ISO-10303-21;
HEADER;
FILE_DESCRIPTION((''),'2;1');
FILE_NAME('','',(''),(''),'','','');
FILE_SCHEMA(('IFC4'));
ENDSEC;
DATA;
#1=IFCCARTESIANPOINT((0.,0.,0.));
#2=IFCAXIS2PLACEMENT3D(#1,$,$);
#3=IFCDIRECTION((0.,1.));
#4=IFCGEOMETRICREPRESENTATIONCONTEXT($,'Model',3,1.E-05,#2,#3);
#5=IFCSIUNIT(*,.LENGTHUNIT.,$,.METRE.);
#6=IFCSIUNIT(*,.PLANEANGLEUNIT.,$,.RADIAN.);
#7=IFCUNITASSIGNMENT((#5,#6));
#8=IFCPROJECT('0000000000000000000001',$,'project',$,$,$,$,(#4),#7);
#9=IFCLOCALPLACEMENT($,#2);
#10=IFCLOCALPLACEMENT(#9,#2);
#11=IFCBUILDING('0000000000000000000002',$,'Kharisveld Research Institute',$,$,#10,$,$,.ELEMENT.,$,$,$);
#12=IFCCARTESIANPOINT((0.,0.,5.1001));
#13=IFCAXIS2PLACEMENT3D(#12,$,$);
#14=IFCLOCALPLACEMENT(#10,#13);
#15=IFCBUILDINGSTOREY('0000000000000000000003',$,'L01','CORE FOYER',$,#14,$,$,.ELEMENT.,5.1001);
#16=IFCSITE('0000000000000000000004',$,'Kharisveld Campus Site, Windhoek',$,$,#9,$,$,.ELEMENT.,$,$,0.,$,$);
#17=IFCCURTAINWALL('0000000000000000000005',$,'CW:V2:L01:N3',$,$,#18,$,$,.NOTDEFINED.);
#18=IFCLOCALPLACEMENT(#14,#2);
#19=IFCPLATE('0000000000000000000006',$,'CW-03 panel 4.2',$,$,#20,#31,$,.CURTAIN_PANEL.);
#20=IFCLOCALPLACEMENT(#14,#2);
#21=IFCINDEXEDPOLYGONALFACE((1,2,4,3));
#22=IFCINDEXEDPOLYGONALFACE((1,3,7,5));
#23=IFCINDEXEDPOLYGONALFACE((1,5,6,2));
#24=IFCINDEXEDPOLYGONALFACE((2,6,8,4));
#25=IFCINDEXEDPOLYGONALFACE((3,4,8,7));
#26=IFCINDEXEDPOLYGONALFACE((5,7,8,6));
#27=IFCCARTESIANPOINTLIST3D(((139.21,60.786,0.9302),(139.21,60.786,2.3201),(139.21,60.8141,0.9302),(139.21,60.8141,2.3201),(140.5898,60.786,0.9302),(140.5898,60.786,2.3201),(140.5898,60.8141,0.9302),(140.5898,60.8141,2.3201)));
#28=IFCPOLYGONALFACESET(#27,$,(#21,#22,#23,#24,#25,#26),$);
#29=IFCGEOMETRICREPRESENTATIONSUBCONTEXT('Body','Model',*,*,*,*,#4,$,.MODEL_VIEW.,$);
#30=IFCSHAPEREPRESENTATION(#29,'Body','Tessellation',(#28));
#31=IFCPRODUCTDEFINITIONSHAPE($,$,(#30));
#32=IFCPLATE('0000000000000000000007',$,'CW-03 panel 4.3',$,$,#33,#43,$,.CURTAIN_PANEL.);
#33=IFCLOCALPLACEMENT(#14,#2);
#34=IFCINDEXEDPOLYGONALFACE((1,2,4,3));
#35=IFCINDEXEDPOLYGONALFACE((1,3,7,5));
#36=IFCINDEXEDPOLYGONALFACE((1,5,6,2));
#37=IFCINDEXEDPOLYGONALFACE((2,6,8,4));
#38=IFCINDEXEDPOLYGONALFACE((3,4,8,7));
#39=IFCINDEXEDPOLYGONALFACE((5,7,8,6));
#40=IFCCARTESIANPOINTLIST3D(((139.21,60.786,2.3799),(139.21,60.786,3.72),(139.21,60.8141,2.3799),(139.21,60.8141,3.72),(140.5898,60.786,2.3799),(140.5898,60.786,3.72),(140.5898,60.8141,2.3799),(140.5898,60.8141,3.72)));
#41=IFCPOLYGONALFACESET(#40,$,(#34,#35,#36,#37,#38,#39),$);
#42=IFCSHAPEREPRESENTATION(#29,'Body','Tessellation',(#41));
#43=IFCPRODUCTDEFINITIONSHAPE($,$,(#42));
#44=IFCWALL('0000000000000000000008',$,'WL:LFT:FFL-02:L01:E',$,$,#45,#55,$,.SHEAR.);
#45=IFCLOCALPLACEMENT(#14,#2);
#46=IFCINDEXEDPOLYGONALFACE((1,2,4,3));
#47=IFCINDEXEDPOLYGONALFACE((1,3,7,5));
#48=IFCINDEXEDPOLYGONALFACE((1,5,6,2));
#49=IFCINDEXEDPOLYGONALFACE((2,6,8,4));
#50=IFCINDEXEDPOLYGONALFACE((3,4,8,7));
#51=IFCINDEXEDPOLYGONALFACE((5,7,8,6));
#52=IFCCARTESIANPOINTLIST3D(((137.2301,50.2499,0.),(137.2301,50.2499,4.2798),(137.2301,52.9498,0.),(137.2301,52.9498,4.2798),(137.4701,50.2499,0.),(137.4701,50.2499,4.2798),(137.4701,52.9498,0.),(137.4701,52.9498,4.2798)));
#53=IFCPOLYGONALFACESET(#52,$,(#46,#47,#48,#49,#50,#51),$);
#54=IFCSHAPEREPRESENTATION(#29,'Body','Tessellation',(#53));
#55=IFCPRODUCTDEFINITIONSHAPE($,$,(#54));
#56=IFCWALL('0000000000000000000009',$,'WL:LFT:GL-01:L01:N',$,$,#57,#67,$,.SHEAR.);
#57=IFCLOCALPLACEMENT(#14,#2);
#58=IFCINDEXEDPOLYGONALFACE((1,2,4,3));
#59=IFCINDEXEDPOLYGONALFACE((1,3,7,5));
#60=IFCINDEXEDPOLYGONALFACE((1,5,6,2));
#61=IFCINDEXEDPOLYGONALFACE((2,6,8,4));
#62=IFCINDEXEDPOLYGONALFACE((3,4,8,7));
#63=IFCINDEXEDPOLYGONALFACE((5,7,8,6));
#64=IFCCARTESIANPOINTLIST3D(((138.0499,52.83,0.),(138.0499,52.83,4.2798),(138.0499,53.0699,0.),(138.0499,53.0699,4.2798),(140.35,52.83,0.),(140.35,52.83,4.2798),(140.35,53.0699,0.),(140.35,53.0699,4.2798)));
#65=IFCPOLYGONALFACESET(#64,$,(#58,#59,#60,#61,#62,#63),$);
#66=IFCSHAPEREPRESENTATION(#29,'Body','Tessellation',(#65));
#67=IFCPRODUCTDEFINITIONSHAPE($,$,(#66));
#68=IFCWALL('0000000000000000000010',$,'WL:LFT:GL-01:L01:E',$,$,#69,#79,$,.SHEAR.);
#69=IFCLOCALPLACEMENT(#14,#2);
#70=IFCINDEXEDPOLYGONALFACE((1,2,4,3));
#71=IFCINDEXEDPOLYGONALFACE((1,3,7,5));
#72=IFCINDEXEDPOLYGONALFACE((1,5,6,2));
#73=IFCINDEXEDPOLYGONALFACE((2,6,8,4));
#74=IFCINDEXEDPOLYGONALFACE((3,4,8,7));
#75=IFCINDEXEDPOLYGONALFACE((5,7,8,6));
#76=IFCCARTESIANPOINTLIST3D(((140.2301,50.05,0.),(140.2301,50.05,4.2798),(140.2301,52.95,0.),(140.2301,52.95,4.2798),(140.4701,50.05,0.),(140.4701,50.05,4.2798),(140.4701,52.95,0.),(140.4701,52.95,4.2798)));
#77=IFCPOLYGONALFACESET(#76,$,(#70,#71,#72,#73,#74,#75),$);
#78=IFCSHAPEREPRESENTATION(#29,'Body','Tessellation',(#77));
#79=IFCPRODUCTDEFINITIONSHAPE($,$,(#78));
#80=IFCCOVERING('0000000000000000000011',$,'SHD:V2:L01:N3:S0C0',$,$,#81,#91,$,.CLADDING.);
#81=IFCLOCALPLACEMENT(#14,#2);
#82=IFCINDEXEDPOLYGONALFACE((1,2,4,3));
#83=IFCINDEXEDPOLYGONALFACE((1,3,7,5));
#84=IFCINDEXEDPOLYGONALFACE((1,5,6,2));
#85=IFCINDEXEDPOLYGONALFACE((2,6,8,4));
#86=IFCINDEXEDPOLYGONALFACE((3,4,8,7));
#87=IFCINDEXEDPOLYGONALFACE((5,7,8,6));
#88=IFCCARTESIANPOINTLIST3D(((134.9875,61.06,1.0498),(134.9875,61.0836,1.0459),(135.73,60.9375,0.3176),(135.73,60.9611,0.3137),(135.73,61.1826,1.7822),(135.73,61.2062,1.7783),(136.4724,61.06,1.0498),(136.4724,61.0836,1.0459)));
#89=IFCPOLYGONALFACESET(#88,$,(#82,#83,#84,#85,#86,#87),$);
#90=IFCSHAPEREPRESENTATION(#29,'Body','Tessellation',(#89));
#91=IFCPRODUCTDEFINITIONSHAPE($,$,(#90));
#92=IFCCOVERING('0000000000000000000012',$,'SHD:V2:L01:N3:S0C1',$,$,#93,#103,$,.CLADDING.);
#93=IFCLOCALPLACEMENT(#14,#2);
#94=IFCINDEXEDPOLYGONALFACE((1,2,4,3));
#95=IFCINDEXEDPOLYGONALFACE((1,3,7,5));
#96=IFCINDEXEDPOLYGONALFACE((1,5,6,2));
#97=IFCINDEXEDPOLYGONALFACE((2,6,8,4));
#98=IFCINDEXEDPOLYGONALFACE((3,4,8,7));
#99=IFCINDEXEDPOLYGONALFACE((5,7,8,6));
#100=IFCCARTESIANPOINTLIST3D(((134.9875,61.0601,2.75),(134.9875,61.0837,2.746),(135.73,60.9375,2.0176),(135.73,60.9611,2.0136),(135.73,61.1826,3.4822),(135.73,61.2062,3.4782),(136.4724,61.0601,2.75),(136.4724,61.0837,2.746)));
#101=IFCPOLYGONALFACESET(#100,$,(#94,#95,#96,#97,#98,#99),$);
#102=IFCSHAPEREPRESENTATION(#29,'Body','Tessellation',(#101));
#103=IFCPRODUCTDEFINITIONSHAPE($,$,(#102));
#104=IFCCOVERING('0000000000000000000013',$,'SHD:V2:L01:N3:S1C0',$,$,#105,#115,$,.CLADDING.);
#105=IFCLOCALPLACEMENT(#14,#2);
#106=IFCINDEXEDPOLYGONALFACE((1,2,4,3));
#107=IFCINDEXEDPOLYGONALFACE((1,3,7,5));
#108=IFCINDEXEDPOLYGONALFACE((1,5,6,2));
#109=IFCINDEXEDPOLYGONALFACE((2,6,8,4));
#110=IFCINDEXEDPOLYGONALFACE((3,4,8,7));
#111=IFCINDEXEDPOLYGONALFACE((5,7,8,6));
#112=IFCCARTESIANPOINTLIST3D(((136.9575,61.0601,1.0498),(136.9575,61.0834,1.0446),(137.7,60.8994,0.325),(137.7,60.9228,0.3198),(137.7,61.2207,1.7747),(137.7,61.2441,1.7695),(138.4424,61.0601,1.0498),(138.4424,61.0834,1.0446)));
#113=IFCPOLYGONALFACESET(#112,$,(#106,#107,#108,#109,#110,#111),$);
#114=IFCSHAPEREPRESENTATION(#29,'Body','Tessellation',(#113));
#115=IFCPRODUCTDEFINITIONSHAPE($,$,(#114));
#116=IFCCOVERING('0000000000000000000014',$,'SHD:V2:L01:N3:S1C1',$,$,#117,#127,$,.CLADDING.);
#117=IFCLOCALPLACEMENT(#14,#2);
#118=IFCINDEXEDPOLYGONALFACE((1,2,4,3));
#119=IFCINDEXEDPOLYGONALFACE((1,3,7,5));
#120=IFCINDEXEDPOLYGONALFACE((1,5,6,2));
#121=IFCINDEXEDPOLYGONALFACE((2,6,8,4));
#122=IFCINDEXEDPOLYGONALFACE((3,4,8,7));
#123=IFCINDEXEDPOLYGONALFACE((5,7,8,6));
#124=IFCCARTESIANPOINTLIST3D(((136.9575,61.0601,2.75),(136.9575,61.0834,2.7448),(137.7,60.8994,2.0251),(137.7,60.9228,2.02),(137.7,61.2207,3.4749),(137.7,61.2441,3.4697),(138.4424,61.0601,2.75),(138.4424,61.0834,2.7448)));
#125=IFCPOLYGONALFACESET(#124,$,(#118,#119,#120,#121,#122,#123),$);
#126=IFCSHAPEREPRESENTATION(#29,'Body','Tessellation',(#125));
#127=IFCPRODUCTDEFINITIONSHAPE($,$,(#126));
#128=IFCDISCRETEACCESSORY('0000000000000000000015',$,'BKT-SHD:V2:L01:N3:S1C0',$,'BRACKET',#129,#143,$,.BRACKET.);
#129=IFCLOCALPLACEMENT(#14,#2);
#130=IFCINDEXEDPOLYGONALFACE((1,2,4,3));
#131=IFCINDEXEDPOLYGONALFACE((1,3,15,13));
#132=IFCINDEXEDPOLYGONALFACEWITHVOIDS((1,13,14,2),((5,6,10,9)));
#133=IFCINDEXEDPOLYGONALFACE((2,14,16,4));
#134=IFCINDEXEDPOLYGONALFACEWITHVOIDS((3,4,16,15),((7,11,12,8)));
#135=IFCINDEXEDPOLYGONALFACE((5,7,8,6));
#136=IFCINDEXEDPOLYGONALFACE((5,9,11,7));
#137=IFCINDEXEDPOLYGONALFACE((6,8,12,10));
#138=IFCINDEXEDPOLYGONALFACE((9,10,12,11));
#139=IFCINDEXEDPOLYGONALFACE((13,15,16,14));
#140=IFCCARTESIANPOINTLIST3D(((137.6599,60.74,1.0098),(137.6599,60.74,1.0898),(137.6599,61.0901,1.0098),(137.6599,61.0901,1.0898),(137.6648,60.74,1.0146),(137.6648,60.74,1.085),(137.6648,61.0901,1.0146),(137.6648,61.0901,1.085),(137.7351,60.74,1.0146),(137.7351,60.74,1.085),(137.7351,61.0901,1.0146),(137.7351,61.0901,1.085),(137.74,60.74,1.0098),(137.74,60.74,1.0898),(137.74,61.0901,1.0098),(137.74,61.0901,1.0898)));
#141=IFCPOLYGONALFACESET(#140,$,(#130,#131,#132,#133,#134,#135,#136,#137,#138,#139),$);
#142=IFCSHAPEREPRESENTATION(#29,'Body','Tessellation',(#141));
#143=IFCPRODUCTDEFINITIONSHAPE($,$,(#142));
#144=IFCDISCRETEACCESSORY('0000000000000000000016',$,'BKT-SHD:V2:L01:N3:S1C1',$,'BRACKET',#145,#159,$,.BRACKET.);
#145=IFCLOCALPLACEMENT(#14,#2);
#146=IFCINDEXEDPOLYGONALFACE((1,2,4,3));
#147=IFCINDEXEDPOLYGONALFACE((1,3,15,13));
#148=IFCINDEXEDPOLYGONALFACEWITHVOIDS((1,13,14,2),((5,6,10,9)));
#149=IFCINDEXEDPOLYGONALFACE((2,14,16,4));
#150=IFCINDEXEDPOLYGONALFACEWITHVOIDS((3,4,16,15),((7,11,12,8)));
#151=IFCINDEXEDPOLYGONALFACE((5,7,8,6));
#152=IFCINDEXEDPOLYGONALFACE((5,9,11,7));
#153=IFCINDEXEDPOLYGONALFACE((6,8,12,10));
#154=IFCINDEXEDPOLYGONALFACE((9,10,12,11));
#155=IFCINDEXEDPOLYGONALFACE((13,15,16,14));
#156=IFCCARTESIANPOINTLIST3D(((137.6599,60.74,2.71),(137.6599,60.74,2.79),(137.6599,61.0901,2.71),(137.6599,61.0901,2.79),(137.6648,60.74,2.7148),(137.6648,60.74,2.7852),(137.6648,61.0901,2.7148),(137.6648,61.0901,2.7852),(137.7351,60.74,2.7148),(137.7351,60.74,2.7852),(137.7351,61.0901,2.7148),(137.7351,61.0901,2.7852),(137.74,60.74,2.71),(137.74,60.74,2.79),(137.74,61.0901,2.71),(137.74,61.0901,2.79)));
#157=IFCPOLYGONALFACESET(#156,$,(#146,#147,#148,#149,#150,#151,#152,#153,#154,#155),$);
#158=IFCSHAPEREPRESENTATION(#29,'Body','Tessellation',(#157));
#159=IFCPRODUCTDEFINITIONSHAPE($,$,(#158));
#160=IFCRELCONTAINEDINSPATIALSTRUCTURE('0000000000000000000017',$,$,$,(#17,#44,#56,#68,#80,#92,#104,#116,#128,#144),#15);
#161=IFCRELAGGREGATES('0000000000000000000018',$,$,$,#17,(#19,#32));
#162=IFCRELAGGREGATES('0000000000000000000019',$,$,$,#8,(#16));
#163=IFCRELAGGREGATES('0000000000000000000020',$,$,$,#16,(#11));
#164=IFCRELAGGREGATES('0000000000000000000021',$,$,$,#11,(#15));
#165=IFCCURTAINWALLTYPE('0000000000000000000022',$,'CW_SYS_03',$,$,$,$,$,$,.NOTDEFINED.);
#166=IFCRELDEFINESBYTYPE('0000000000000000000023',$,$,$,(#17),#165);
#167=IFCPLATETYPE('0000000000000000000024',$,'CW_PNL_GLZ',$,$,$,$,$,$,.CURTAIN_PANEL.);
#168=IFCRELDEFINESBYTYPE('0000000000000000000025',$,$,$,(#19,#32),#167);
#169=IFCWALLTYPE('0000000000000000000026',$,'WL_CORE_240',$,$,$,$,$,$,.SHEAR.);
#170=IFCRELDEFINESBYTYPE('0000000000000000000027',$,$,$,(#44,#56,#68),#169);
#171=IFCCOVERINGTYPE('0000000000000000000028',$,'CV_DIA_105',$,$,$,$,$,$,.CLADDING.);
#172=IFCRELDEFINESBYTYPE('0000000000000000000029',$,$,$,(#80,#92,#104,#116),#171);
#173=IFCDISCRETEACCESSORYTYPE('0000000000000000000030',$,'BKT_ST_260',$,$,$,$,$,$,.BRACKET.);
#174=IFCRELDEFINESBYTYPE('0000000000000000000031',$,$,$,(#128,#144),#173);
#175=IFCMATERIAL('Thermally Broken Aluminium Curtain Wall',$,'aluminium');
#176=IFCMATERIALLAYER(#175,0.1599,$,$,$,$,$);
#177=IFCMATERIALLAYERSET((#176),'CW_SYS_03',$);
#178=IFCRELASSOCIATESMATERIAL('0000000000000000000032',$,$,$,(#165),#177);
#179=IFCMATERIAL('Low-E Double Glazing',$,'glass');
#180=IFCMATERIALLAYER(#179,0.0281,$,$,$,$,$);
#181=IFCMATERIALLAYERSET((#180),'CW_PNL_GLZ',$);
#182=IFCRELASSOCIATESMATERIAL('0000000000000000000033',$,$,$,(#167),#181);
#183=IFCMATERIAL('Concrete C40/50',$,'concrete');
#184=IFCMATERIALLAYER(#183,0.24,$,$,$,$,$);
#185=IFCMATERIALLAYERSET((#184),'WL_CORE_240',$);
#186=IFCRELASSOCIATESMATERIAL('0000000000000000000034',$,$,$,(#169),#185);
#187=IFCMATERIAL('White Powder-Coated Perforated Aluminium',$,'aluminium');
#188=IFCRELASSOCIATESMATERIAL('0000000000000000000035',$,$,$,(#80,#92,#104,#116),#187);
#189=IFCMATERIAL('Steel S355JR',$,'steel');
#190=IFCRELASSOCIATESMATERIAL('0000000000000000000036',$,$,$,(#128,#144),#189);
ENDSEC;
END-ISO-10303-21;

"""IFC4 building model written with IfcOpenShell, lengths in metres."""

from ifc_helpers import new_model, si_unit, direction, frame, frame_2d, origin, origin_2d, place, context, subcontext, project, spatial, polyline, rectangle, hollow_rectangle, outline, extrude, material, layer, layer_set, type_object, element, aggregate, save


model = new_model("IFC4")

# Units and contexts
model_context = context("Model", 3, precision=1e-05, world=origin(), true_north=direction((0.0, 1.0)))
body_context = subcontext(model_context, "Body", "Model", "MODEL_VIEW")
ifc_project = project(units=[si_unit("LENGTHUNIT", "METRE"), si_unit("PLANEANGLEUNIT", "RADIAN")], contexts=[model_context])

# Site, building, storey
site_placement = place(None, origin())
site = spatial("IfcSite", under=ifc_project, at=site_placement, Name="Kharisveld Campus Site, Windhoek", CompositionType="ELEMENT", RefElevation=0.0)
building_placement = place(site_placement, origin())
building = spatial("IfcBuilding", under=site, at=building_placement, Name="Kharisveld Research Institute", CompositionType="ELEMENT")
storey_placement = place(building_placement, frame((0.0, 0.0, 5.1001)))
storey = spatial("IfcBuildingStorey", under=building, at=storey_placement, Name="L01", Description="CORE FOYER", CompositionType="ELEMENT", Elevation=5.1001)

# Curtain wall, plates
ifc_material_1 = material(Name="Thermally Broken Aluminium Curtain Wall", Category="aluminium")
ifc_layer_1 = layer(ifc_material_1, 0.1599)
ifc_layer_set_1 = layer_set([ifc_layer_1], Name="CW_SYS_03")
curtain_wall_type = type_object("IfcCurtainWallType", Name="CW_SYS_03", PredefinedType="NOTDEFINED", material=ifc_layer_set_1)
curtain_wall_placement = place(storey_placement, origin())
curtain_wall = element("IfcCurtainWall", 1, at=curtain_wall_placement, inside=storey, type_object=curtain_wall_type, Name="CW:V2:L01:N3", PredefinedType="NOTDEFINED")
ifc_material_2 = material(Name="Low-E Double Glazing", Category="glass")
ifc_layer_2 = layer(ifc_material_2, 0.0281)
ifc_layer_set_2 = layer_set([ifc_layer_2], Name="CW_PNL_GLZ")
plate_type = type_object("IfcPlateType", Name="CW_PNL_GLZ", PredefinedType="CURTAIN_PANEL", material=ifc_layer_set_2)
plate_1_placement = place(storey_placement, frame((139.8999, 60.8, 0.9302), z_axis=(0.0, 0.0, 1.0), x_axis=(1.0, 0.0, 0.0)))
plate_1 = element("IfcPlate", 2, at=plate_1_placement, type_object=plate_type, Name="CW-03 panel 4.2", PredefinedType="CURTAIN_PANEL", context=body_context, shape_type="SweptSolid", body=[
    extrude(rectangle(XDim=1.3799, YDim=0.0281, at=origin_2d()), origin(), (0.0, 0.0, 1.0), 1.3899),
])
plate_2_placement = place(storey_placement, frame((139.8999, 60.8, 2.3799), z_axis=(0.0, 0.0, 1.0), x_axis=(1.0, 0.0, 0.0)))
plate_2 = element("IfcPlate", 3, at=plate_2_placement, type_object=plate_type, Name="CW-03 panel 4.3", PredefinedType="CURTAIN_PANEL", context=body_context, shape_type="SweptSolid", body=[
    extrude(rectangle(XDim=1.3799, YDim=0.0281, at=origin_2d()), origin(), (0.0, 0.0, 1.0), 1.3401),
])
aggregate(curtain_wall, [plate_1, plate_2])

# Walls
ifc_material_3 = material(Name="Concrete C40/50", Category="concrete")
ifc_layer_3 = layer(ifc_material_3, 0.24)
ifc_layer_set_3 = layer_set([ifc_layer_3], Name="WL_CORE_240")
wall_type = type_object("IfcWallType", Name="WL_CORE_240", PredefinedType="SHEAR", material=ifc_layer_set_3)
wall_1_placement = place(storey_placement, frame((137.3501, 52.95, 0.0), z_axis=(0.0, 0.0, 1.0), x_axis=(0.0, -1.0, 0.0)))
element("IfcWall", 4, at=wall_1_placement, inside=storey, type_object=wall_type, Name="WL:LFT:FFL-02:L01:E", PredefinedType="SHEAR", context=body_context, shape_type="SweptSolid", body=[
    extrude(rectangle(XDim=2.7, YDim=0.24, at=frame_2d((1.3501, 0.0))), origin(), (0.0, 0.0, 1.0), 4.2798),
])
wall_2_placement = place(storey_placement, frame((138.05, 52.95, 0.0), z_axis=(0.0, 0.0, 1.0), x_axis=(1.0, 0.0, 0.0)))
element("IfcWall", 5, at=wall_2_placement, inside=storey, type_object=wall_type, Name="WL:LFT:GL-01:L01:N", PredefinedType="SHEAR", context=body_context, shape_type="SweptSolid", body=[
    extrude(rectangle(XDim=2.3, YDim=0.24, at=frame_2d((1.1499, 0.0))), origin(), (0.0, 0.0, 1.0), 4.2798),
])
wall_3_placement = place(storey_placement, frame((140.3501, 52.95, 0.0), z_axis=(0.0, 0.0, 1.0), x_axis=(0.0, -1.0, 0.0)))
element("IfcWall", 6, at=wall_3_placement, inside=storey, type_object=wall_type, Name="WL:LFT:GL-01:L01:E", PredefinedType="SHEAR", context=body_context, shape_type="SweptSolid", body=[
    extrude(rectangle(XDim=2.8999, YDim=0.24, at=frame_2d((1.45, 0.0))), origin(), (0.0, 0.0, 1.0), 4.2798),
])

# Coverings
ifc_material_4 = material(Name="White Powder-Coated Perforated Aluminium", Category="aluminium")
covering_type = type_object("IfcCoveringType", Name="CV_DIA_105", PredefinedType="CLADDING")
covering_1_placement = place(storey_placement, frame((135.73, 60.9375, 0.3176), z_axis=(0.0, -0.986283, 0.165065), x_axis=(0.707139, 0.116714, 0.697376)))
element("IfcCovering", 7, at=covering_1_placement, inside=storey, type_object=covering_type, material=ifc_material_4, Name="SHD:V2:L01:N3:S0C0", PredefinedType="CLADDING", context=body_context, shape_type="SweptSolid", body=[
    extrude(outline(polyline([(0.0, 0.0), (1.0499, 0.0), (1.05, 1.0501), (-0.0001, 1.0499), (0.0, 0.0)])), origin(), (0.0, 0.0, -1.0), 0.0239),
])
covering_2_placement = place(storey_placement, frame((135.73, 60.9375, 2.0176), z_axis=(0.0, -0.986283, 0.165065), x_axis=(0.707024, 0.116733, 0.697489)))
element("IfcCovering", 8, at=covering_2_placement, inside=storey, type_object=covering_type, material=ifc_material_4, Name="SHD:V2:L01:N3:S0C1", PredefinedType="CLADDING", context=body_context, shape_type="SweptSolid", body=[
    extrude(outline(polyline([(0.0, 0.0), (1.0501, 0.0), (1.0502, 1.0499), (0.0002, 1.0501), (0.0, 0.0)])), origin(), (0.0, 0.0, -1.0), 0.0239),
])
for number, where, z_axis, x_axis, name in (
    (9, (137.7, 60.8994, 0.325), (0.0, -0.976311, 0.216373), (0.707102, 0.153, 0.69036), "SHD:V2:L01:N3:S1C0"),
    (10, (137.7, 60.8994, 2.0251), (0.0, -0.976311, 0.216373), (0.707102, 0.153, 0.69036), "SHD:V2:L01:N3:S1C1"),
):
    element("IfcCovering", number, at=place(storey_placement, frame(where, z_axis=z_axis, x_axis=x_axis)), inside=storey, type_object=covering_type, material=ifc_material_4, Name=name, PredefinedType="CLADDING", context=body_context, shape_type="SweptSolid", body=[
        extrude(outline(polyline([(0.0, 0.0), (1.05, 0.0), (1.05, 1.05), (0.0, 1.05), (0.0, 0.0)])), origin(), (0.0, 0.0, -1.0), 0.0239),
    ])

# Discrete accessories
ifc_material_5 = material(Name="Steel S355JR", Category="steel")
discrete_accessory_type = type_object("IfcDiscreteAccessoryType", Name="BKT_ST_260", PredefinedType="BRACKET")
for number, where, z_axis, x_axis, name in (
    (11, (137.7, 60.74, 1.0498), (0.0, 1.0, 0.0), (-1.0, 0.0, 0.0), "BKT-SHD:V2:L01:N3:S1C0"),
    (12, (137.7, 60.74, 2.75), (0.0, 1.0, 0.0), (-1.0, 0.0, 0.0), "BKT-SHD:V2:L01:N3:S1C1"),
):
    element("IfcDiscreteAccessory", number, at=place(storey_placement, frame(where, z_axis=z_axis, x_axis=x_axis)), inside=storey, type_object=discrete_accessory_type, material=ifc_material_5, Name=name, ObjectType="BRACKET", PredefinedType="BRACKET", context=body_context, shape_type="SweptSolid", body=[
        extrude(hollow_rectangle(XDim=0.0801, YDim=0.0801, WallThickness=0.0049, at=origin_2d()), origin(), (0.0, 0.0, 1.0), 0.3501),
    ])

save(model, "model.ifc")
